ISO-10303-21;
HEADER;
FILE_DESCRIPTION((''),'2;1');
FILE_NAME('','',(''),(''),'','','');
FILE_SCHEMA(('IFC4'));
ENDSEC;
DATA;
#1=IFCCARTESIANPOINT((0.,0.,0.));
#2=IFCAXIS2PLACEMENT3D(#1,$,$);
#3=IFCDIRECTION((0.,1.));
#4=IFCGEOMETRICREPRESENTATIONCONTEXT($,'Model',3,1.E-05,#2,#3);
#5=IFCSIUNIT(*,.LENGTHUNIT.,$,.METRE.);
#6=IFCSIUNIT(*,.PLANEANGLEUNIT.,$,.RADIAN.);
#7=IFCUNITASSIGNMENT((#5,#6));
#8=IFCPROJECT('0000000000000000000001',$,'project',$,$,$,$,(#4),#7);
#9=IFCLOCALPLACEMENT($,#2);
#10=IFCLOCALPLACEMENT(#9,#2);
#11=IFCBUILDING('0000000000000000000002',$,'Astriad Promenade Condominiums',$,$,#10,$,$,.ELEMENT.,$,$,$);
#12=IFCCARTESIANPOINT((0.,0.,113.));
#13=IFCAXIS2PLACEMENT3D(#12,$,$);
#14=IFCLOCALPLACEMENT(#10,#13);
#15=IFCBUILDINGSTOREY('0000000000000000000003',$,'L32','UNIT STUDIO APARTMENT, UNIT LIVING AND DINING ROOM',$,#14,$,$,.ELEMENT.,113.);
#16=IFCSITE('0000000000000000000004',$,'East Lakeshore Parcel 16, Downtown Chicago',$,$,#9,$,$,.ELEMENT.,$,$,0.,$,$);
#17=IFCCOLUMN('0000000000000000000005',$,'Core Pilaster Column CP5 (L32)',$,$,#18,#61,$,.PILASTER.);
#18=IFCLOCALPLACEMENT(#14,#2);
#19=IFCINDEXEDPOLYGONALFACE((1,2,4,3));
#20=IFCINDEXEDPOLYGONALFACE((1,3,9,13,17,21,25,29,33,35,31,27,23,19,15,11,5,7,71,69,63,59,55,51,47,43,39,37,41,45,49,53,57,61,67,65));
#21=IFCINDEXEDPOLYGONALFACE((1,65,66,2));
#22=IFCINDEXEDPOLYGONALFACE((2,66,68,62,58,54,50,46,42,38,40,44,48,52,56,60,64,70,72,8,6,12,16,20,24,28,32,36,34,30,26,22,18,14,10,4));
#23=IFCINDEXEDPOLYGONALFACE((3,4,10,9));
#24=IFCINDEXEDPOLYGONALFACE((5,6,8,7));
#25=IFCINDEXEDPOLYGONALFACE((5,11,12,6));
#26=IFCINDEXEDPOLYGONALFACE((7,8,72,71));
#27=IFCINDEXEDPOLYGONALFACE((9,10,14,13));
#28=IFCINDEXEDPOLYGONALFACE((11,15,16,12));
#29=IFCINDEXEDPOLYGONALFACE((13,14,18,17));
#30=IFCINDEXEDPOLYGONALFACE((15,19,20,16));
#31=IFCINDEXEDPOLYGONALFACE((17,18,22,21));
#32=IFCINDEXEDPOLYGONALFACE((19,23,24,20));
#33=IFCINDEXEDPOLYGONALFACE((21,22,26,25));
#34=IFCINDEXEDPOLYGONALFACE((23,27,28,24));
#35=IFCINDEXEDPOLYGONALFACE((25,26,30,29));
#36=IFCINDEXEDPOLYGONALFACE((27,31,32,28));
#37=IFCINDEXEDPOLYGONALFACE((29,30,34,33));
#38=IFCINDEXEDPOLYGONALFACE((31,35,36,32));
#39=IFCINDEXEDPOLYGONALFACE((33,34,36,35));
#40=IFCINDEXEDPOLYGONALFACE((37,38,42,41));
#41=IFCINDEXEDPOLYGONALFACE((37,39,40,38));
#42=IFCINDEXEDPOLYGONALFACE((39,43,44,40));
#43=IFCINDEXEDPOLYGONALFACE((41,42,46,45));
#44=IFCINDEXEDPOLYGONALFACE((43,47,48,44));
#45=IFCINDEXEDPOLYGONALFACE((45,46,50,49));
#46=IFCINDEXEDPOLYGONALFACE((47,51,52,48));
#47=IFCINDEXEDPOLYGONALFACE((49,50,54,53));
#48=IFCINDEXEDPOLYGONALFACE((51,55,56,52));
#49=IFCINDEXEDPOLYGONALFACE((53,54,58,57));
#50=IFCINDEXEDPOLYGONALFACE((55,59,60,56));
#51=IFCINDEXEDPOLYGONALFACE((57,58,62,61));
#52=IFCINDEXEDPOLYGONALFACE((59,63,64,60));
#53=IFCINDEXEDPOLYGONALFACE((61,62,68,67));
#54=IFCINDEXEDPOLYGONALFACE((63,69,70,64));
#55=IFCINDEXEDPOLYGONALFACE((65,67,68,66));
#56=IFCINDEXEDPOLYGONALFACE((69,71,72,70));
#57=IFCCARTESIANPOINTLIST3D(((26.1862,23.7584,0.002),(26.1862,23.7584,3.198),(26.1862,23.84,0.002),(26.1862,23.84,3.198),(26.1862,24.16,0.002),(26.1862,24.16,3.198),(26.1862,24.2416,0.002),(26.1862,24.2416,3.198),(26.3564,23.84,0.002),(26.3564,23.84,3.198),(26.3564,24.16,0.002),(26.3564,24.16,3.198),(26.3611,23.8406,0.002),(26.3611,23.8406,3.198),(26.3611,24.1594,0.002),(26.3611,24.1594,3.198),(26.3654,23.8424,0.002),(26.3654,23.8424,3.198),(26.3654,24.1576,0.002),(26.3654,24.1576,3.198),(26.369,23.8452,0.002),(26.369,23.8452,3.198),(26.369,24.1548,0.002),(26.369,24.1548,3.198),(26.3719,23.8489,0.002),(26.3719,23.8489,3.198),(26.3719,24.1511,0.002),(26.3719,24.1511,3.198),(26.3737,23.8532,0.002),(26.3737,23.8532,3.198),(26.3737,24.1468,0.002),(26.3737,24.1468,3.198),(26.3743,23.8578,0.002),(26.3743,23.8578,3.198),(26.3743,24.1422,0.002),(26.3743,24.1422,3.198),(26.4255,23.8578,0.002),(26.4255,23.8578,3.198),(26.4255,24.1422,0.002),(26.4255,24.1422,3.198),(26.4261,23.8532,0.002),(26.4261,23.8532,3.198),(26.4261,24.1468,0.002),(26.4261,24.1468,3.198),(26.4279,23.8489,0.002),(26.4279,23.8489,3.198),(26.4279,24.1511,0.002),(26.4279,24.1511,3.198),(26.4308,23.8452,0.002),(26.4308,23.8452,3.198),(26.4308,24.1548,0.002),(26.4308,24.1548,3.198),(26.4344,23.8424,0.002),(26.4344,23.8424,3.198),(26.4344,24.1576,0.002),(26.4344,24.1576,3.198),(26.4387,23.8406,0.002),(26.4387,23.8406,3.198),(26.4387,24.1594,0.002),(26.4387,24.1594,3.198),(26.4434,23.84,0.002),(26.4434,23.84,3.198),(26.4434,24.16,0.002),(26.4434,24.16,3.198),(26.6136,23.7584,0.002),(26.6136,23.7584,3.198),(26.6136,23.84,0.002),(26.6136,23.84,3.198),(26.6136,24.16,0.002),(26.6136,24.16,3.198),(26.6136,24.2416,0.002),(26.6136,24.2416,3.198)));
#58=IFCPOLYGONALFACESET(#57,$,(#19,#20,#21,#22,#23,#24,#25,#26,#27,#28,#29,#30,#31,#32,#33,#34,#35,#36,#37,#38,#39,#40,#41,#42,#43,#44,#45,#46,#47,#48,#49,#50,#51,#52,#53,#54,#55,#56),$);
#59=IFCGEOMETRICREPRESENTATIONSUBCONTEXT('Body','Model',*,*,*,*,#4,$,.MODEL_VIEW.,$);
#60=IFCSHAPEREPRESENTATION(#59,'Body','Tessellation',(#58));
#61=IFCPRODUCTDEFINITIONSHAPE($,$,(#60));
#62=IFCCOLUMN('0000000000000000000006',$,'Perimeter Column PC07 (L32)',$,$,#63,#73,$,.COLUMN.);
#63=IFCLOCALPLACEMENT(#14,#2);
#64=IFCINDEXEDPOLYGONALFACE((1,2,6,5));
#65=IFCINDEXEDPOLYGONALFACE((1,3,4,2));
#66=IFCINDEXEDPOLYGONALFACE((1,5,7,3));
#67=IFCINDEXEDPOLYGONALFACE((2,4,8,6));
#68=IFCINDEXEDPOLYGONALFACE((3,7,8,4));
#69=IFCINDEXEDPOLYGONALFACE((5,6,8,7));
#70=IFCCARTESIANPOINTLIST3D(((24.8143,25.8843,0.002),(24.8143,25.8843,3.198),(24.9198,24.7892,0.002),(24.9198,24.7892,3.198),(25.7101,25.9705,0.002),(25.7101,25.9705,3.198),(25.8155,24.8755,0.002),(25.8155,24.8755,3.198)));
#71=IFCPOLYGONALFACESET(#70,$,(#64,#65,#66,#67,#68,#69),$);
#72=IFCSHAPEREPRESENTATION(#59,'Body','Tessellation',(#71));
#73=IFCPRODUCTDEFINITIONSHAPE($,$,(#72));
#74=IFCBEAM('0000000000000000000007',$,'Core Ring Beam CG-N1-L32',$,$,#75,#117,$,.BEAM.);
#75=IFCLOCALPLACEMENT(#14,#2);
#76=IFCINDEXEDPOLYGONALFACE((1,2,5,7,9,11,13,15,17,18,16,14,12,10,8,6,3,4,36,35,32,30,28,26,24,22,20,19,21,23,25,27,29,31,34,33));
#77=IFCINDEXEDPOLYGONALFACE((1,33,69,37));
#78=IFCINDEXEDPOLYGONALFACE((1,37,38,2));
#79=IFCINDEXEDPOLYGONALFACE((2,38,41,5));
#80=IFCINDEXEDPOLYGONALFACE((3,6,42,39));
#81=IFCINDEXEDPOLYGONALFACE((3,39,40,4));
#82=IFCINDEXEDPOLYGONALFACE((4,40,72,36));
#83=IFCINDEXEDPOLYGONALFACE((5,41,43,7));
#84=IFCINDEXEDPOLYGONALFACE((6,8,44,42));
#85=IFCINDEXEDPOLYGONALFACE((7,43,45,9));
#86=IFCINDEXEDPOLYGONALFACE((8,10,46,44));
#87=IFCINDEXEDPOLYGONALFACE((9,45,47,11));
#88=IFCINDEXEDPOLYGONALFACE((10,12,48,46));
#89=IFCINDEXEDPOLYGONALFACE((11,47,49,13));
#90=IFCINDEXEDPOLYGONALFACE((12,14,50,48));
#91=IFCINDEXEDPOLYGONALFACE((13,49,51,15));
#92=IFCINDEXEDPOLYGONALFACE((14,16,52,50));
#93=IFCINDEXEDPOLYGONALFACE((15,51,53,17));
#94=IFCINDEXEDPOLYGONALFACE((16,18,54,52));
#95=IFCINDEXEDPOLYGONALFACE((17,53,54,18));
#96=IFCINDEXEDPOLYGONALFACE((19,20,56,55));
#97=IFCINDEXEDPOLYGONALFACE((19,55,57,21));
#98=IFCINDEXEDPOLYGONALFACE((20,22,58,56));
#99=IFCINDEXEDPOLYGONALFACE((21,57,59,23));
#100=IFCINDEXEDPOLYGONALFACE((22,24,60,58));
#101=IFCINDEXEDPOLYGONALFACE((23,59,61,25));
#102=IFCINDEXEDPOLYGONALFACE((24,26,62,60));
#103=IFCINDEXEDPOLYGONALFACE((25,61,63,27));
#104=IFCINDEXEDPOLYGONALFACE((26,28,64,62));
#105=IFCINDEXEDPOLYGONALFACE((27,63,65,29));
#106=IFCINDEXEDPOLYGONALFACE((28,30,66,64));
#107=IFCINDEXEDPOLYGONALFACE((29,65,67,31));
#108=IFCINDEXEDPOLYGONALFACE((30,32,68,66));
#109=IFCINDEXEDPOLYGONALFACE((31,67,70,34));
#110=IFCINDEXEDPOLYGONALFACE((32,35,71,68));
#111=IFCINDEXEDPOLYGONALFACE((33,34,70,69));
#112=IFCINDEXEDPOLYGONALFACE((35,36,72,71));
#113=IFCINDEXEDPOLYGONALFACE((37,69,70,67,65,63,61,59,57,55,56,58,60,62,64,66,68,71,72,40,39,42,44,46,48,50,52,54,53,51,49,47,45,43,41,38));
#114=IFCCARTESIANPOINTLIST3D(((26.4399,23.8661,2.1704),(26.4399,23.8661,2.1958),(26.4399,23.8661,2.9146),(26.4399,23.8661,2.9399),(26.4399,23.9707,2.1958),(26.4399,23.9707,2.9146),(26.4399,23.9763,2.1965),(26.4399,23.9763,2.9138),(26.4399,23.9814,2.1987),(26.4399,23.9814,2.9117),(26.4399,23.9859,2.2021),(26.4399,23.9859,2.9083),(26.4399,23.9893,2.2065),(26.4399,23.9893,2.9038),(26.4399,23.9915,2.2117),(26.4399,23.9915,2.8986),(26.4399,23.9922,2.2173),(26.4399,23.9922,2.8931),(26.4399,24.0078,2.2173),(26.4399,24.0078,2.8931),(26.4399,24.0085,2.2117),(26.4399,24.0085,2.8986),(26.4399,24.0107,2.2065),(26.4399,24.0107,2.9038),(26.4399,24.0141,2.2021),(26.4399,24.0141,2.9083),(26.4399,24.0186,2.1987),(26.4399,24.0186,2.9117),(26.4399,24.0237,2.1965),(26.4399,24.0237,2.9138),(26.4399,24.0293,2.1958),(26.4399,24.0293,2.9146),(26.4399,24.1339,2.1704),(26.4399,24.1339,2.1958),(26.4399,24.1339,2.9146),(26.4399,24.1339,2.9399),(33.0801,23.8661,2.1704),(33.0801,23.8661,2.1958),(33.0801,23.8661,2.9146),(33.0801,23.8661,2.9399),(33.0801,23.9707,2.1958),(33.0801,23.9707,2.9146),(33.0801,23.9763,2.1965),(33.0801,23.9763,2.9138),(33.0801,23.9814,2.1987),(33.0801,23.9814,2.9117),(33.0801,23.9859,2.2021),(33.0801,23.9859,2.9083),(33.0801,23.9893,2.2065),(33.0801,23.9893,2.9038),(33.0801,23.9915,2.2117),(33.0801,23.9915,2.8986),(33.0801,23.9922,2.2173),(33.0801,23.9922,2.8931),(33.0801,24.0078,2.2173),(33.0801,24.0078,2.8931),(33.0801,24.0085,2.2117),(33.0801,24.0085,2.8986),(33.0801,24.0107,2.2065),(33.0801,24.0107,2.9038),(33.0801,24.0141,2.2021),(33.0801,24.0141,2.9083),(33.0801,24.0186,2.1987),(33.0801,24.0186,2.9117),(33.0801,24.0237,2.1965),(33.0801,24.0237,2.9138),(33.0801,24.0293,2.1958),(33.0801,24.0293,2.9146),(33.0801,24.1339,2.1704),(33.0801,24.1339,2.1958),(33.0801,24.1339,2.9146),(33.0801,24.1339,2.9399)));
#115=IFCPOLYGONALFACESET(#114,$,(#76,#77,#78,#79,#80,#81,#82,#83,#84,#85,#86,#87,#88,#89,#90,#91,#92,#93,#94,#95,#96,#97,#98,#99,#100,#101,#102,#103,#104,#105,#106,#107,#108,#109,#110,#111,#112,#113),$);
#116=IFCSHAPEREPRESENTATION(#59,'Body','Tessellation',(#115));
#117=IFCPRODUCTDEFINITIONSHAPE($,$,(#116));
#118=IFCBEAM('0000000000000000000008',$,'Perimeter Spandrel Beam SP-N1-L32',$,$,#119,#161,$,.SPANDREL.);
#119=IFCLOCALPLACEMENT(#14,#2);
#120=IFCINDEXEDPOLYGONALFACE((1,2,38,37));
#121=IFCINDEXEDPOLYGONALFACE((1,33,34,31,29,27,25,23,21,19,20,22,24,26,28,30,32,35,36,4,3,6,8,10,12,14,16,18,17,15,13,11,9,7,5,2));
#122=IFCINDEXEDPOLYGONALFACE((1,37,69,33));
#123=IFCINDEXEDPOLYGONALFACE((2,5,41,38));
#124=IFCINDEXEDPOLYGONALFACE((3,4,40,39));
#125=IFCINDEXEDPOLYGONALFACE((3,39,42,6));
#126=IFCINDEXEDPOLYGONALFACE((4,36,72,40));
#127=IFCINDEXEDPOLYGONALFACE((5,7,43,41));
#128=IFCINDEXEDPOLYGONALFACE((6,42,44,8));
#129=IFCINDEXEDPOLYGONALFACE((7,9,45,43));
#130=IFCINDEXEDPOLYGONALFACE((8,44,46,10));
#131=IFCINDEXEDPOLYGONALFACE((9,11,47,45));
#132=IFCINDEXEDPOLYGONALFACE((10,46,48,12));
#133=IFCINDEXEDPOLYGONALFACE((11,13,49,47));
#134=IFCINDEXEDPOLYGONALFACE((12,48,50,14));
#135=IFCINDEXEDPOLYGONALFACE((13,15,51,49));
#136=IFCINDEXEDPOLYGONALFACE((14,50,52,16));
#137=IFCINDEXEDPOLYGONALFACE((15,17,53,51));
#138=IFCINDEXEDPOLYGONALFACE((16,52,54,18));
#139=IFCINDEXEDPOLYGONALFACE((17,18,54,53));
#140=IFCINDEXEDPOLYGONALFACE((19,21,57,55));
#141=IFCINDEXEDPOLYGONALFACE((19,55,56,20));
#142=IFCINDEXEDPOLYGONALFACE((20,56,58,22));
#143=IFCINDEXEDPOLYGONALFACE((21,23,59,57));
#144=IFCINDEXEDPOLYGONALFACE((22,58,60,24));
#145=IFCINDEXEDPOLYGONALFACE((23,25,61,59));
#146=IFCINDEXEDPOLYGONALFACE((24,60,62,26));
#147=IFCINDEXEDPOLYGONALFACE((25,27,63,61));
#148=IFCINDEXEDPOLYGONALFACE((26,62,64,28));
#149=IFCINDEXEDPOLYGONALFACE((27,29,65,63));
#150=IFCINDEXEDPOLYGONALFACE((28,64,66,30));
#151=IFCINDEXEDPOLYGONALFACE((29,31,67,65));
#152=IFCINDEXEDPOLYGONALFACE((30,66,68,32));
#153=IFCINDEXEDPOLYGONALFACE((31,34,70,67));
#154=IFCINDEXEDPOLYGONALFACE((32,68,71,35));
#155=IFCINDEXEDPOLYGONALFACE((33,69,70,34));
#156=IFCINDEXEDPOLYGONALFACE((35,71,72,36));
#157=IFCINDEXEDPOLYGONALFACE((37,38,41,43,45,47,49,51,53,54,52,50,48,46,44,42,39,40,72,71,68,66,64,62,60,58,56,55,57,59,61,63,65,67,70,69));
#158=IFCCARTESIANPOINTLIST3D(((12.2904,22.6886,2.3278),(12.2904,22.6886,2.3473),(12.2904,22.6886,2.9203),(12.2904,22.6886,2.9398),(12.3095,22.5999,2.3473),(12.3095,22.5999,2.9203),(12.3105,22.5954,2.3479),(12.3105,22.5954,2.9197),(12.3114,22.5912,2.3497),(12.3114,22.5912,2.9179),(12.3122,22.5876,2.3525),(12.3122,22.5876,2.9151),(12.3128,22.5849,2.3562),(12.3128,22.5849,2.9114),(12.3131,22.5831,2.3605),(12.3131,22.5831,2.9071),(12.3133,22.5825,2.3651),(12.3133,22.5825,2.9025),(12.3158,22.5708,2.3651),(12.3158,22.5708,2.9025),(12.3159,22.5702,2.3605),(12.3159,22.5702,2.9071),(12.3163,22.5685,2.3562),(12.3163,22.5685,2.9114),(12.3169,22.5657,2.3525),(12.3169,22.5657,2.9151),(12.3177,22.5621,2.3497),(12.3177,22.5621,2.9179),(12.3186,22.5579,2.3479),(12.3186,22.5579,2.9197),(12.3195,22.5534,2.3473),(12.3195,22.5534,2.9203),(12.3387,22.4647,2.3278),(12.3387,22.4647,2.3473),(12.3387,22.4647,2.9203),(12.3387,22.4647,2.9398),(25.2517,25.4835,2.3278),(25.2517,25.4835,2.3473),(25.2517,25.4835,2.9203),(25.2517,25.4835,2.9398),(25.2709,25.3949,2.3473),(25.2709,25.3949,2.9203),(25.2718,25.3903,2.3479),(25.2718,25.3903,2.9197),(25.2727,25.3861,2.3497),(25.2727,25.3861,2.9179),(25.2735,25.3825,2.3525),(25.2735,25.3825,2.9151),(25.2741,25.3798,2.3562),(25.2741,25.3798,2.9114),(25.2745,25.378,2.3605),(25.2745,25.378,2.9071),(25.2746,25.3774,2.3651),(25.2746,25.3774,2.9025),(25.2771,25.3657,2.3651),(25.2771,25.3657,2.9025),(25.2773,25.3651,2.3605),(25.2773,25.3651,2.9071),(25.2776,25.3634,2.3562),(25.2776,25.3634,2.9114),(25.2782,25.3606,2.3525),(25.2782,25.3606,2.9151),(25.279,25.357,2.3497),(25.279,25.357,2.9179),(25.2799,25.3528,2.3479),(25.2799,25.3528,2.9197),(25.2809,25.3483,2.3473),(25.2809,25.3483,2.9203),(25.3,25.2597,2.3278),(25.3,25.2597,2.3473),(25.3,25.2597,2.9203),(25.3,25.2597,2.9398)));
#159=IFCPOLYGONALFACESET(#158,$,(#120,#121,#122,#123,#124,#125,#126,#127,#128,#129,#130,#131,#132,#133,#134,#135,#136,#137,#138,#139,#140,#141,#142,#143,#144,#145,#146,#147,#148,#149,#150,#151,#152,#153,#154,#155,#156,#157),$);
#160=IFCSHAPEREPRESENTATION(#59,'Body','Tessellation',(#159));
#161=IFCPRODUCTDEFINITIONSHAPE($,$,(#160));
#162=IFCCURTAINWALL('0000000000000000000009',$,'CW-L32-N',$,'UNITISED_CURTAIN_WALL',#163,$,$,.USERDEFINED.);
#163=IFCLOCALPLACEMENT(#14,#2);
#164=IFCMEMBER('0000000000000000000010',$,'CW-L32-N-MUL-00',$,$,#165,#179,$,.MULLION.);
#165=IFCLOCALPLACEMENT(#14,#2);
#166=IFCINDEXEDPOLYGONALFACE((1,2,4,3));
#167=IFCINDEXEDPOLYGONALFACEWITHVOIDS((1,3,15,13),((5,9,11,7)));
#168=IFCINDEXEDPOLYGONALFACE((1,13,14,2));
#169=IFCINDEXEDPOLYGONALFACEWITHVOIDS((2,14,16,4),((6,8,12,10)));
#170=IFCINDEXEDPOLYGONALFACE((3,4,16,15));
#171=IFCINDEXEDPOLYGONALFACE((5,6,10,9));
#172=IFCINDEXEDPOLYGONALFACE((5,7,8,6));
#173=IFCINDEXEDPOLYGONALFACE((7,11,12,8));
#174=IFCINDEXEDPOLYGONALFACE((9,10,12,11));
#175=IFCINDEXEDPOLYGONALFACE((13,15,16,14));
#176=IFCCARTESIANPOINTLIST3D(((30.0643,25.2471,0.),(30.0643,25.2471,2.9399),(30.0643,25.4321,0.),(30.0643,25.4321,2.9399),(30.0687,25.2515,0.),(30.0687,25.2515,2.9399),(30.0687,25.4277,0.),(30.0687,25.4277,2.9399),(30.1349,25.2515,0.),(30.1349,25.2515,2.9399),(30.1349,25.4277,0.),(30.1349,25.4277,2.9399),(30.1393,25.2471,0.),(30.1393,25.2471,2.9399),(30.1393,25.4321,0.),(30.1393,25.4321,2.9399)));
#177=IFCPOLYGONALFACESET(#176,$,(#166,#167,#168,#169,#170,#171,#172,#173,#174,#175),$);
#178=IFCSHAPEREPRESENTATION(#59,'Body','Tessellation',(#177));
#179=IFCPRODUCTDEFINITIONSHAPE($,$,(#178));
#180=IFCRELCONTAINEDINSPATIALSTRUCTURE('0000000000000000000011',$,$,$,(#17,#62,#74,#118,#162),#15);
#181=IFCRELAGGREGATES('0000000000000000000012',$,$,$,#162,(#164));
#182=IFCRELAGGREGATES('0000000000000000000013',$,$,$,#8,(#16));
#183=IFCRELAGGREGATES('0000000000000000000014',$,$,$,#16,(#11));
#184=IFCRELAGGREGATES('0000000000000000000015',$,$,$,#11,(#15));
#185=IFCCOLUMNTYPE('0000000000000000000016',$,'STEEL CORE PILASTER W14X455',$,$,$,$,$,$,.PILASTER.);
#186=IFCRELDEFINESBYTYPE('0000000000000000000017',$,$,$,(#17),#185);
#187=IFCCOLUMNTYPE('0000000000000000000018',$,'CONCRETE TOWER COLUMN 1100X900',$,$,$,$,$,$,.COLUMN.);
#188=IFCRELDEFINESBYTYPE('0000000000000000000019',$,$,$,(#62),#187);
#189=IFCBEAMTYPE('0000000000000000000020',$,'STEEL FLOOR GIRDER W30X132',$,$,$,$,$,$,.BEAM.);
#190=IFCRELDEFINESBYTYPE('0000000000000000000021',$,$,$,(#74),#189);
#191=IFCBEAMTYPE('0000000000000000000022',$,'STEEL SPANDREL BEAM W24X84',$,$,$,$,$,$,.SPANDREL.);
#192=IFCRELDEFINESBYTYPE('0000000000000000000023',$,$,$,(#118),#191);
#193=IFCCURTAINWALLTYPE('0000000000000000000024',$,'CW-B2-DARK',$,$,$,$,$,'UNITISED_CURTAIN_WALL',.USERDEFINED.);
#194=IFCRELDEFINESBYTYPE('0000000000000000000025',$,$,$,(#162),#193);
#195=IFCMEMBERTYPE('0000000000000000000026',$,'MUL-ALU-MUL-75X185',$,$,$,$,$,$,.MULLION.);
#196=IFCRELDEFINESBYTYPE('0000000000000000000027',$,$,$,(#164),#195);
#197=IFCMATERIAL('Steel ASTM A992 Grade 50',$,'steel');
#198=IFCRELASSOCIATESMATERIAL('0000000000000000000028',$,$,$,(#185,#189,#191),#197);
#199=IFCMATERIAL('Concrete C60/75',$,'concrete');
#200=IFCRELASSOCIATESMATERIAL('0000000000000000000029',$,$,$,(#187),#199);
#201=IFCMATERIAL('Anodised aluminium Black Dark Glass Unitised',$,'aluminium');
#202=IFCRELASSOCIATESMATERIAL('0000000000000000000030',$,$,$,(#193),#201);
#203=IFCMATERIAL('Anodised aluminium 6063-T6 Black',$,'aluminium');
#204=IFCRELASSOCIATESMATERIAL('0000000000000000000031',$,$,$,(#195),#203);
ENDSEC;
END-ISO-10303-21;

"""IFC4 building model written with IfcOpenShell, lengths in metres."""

from ifc_helpers import new_model, si_unit, direction, frame, origin, origin_2d, place, context, subcontext, project, spatial, rectangle, hollow_rectangle, i_section, extrude, source, transform, mapped, material, material_profile, profile_set, type_object, type_shapes, element, aggregate, save


model = new_model("IFC4")

# Units and contexts
model_context = context("Model", 3, precision=1e-05, world=origin(), true_north=direction((0.0, 1.0)))
body_context = subcontext(model_context, "Body", "Model", "MODEL_VIEW")
ifc_project = project(units=[si_unit("LENGTHUNIT", "METRE"), si_unit("PLANEANGLEUNIT", "RADIAN")], contexts=[model_context])

# Site, building, storey
site_placement = place(None, origin())
site = spatial("IfcSite", under=ifc_project, at=site_placement, Name="East Lakeshore Parcel 16, Downtown Chicago", CompositionType="ELEMENT", RefElevation=0.0)
building_placement = place(site_placement, origin())
building = spatial("IfcBuilding", under=site, at=building_placement, Name="Astriad Promenade Condominiums", CompositionType="ELEMENT")
storey_placement = place(building_placement, frame((0.0, 0.0, 113.0)))
storey = spatial("IfcBuildingStorey", under=building, at=storey_placement, Name="L32", Description="UNIT STUDIO APARTMENT, UNIT LIVING AND DINING ROOM", CompositionType="ELEMENT", Elevation=113.0)

# Columns
ifc_material_1 = material(Name="Steel ASTM A992 Grade 50", Category="steel")
ifc_material_profile_1 = material_profile(ifc_material_1, i_section(OverallWidth=0.4275, OverallDepth=0.4832, WebThickness=0.0513, FlangeThickness=0.0815, FilletRadius=0.0178, at=origin_2d()), Name="W14X455")
ifc_profile_set_1 = profile_set([ifc_material_profile_1], Name="Steel ASTM A992 Grade 50")
column_type_1 = type_object("IfcColumnType", Name="STEEL CORE PILASTER W14X455", PredefinedType="PILASTER", material=ifc_profile_set_1)
shared_shape_1 = source(origin(), body_context, "Body", "SweptSolid", [
    extrude(i_section(OverallWidth=0.4275, OverallDepth=0.4832, WebThickness=0.0513, FlangeThickness=0.0815, FilletRadius=0.0178, at=origin_2d()), origin(), (0.0, 0.0, 1.0), 3.196),
])
type_shapes(column_type_1, [shared_shape_1])
column_1_placement = place(storey_placement, frame((26.3999, 24.0, 0.002), z_axis=(0.0, 0.0, 1.0), x_axis=(1.0, 0.0, 0.0)))
element("IfcColumn", 1, at=column_1_placement, inside=storey, type_object=column_type_1, Name="Core Pilaster Column CP5 (L32)", PredefinedType="PILASTER", context=body_context, shape_type="MappedRepresentation", body=[
    mapped(shared_shape_1, transform((0.0, 0.0, 0.0), scale=1.0)),
])
ifc_material_2 = material(Name="Concrete C60/75", Category="concrete")
ifc_material_profile_2 = material_profile(ifc_material_2, rectangle(XDim=0.8999, YDim=1.1001, at=origin_2d()), Name="RC-COL-1100X900")
ifc_profile_set_2 = profile_set([ifc_material_profile_2], Name="Concrete C60/75")
column_type_2 = type_object("IfcColumnType", Name="CONCRETE TOWER COLUMN 1100X900", PredefinedType="COLUMN", material=ifc_profile_set_2)
shared_shape_2 = source(origin(), body_context, "Body", "SweptSolid", [
    extrude(rectangle(XDim=0.8999, YDim=1.1001, at=origin_2d()), origin(), (0.0, 0.0, 1.0), 3.196),
])
type_shapes(column_type_2, [shared_shape_2])
column_2_placement = place(storey_placement, frame((25.3149, 25.3799, 0.002), z_axis=(0.0, 0.0, 1.0), x_axis=(0.995396, 0.095846, 0.0)))
element("IfcColumn", 2, at=column_2_placement, inside=storey, type_object=column_type_2, Name="Perimeter Column PC07 (L32)", PredefinedType="COLUMN", context=body_context, shape_type="MappedRepresentation", body=[
    mapped(shared_shape_2, transform((0.0, 0.0, 0.0), scale=1.0)),
])

# Beams
ifc_material_profile_3 = material_profile(ifc_material_1, i_section(OverallWidth=0.2678, OverallDepth=0.7695, WebThickness=0.0156, FlangeThickness=0.0254, FilletRadius=0.0215, at=origin_2d()), Name="W30X132")
ifc_profile_set_3 = profile_set([ifc_material_profile_3], Name="Steel ASTM A992 Grade 50")
beam_type_1 = type_object("IfcBeamType", Name="STEEL FLOOR GIRDER W30X132", PredefinedType="BEAM", material=ifc_profile_set_3)
shared_shape_3 = source(origin(), body_context, "Body", "SweptSolid", [
    extrude(i_section(OverallWidth=0.2678, OverallDepth=0.7695, WebThickness=0.0156, FlangeThickness=0.0254, FilletRadius=0.0215, at=origin_2d()), origin(), (0.0, 0.0, 1.0), 6.6401),
])
type_shapes(beam_type_1, [shared_shape_3])
beam_1_placement = place(storey_placement, frame((26.4399, 24.0, 2.5552), z_axis=(1.0, 0.0, 0.0), x_axis=(0.0, 1.0, 0.0)))
element("IfcBeam", 3, at=beam_1_placement, inside=storey, type_object=beam_type_1, Name="Core Ring Beam CG-N1-L32", PredefinedType="BEAM", context=body_context, shape_type="MappedRepresentation", body=[
    mapped(shared_shape_3, transform((0.0, 0.0, 0.0), scale=1.0)),
])
ifc_material_profile_4 = material_profile(ifc_material_1, i_section(OverallWidth=0.229, OverallDepth=0.6121, WebThickness=0.012, FlangeThickness=0.0195, FilletRadius=0.0178, at=origin_2d()), Name="W24X84")
ifc_profile_set_4 = profile_set([ifc_material_profile_4], Name="Steel ASTM A992 Grade 50")
beam_type_2 = type_object("IfcBeamType", Name="STEEL SPANDREL BEAM W24X84", PredefinedType="SPANDREL", material=ifc_profile_set_4)
shared_shape_4 = source(origin(), body_context, "Body", "SweptSolid", [
    extrude(i_section(OverallWidth=0.229, OverallDepth=0.6121, WebThickness=0.012, FlangeThickness=0.0195, FilletRadius=0.0178, at=origin_2d()), origin(), (0.0, 0.0, 1.0), 13.2593),
])
type_shapes(beam_type_2, [shared_shape_4])
beam_2_placement = place(storey_placement, frame((25.2759, 25.3716, 2.6338), z_axis=(-0.977532, -0.210789, 0.0), x_axis=(0.210789, -0.977532, 0.0)))
element("IfcBeam", 4, at=beam_2_placement, inside=storey, type_object=beam_type_2, Name="Perimeter Spandrel Beam SP-N1-L32", PredefinedType="SPANDREL", context=body_context, shape_type="MappedRepresentation", body=[
    mapped(shared_shape_4, transform((0.0, 0.0, 0.0), scale=1.0)),
])

# Curtain wall, member
ifc_material_3 = material(Name="Anodised aluminium Black Dark Glass Unitised", Category="aluminium")
curtain_wall_type = type_object("IfcCurtainWallType", Name="CW-B2-DARK", ElementType="UNITISED_CURTAIN_WALL", PredefinedType="USERDEFINED", material=ifc_material_3)
curtain_wall_placement = place(storey_placement, origin())
curtain_wall = element("IfcCurtainWall", 5, at=curtain_wall_placement, inside=storey, type_object=curtain_wall_type, Name="CW-L32-N", ObjectType="UNITISED_CURTAIN_WALL", PredefinedType="USERDEFINED")
ifc_material_4 = material(Name="Anodised aluminium 6063-T6 Black", Category="aluminium")
ifc_material_profile_5 = material_profile(ifc_material_4, hollow_rectangle(XDim=0.075, YDim=0.1851, WallThickness=0.0044, at=origin_2d()), Name="ALU-MUL-75X185")
ifc_profile_set_5 = profile_set([ifc_material_profile_5], Name="Anodised aluminium 6063-T6 Black")
member_type_1 = type_object("IfcMemberType", Name="MUL-ALU-MUL-75X185", PredefinedType="MULLION", material=ifc_profile_set_5)
shared_shape_5 = source(origin(), body_context, "Body", "SweptSolid", [
    extrude(hollow_rectangle(XDim=0.075, YDim=0.1851, WallThickness=0.0044, at=origin_2d()), origin(), (0.0, 0.0, 1.0), 2.9399),
])
type_shapes(member_type_1, [shared_shape_5])
member_1_placement = place(storey_placement, frame((30.1018, 25.3396, 0.0), z_axis=(0.0, 0.0, 1.0), x_axis=(1.0, 0.0, 0.0)))
member_1 = element("IfcMember", 6, at=member_1_placement, type_object=member_type_1, Name="CW-L32-N-MUL-00", PredefinedType="MULLION", context=body_context, shape_type="MappedRepresentation", body=[
    mapped(shared_shape_5, transform((0.0, 0.0, 0.0), scale=1.0)),
])
aggregate(curtain_wall, [member_1])

save(model, "model.ifc")
